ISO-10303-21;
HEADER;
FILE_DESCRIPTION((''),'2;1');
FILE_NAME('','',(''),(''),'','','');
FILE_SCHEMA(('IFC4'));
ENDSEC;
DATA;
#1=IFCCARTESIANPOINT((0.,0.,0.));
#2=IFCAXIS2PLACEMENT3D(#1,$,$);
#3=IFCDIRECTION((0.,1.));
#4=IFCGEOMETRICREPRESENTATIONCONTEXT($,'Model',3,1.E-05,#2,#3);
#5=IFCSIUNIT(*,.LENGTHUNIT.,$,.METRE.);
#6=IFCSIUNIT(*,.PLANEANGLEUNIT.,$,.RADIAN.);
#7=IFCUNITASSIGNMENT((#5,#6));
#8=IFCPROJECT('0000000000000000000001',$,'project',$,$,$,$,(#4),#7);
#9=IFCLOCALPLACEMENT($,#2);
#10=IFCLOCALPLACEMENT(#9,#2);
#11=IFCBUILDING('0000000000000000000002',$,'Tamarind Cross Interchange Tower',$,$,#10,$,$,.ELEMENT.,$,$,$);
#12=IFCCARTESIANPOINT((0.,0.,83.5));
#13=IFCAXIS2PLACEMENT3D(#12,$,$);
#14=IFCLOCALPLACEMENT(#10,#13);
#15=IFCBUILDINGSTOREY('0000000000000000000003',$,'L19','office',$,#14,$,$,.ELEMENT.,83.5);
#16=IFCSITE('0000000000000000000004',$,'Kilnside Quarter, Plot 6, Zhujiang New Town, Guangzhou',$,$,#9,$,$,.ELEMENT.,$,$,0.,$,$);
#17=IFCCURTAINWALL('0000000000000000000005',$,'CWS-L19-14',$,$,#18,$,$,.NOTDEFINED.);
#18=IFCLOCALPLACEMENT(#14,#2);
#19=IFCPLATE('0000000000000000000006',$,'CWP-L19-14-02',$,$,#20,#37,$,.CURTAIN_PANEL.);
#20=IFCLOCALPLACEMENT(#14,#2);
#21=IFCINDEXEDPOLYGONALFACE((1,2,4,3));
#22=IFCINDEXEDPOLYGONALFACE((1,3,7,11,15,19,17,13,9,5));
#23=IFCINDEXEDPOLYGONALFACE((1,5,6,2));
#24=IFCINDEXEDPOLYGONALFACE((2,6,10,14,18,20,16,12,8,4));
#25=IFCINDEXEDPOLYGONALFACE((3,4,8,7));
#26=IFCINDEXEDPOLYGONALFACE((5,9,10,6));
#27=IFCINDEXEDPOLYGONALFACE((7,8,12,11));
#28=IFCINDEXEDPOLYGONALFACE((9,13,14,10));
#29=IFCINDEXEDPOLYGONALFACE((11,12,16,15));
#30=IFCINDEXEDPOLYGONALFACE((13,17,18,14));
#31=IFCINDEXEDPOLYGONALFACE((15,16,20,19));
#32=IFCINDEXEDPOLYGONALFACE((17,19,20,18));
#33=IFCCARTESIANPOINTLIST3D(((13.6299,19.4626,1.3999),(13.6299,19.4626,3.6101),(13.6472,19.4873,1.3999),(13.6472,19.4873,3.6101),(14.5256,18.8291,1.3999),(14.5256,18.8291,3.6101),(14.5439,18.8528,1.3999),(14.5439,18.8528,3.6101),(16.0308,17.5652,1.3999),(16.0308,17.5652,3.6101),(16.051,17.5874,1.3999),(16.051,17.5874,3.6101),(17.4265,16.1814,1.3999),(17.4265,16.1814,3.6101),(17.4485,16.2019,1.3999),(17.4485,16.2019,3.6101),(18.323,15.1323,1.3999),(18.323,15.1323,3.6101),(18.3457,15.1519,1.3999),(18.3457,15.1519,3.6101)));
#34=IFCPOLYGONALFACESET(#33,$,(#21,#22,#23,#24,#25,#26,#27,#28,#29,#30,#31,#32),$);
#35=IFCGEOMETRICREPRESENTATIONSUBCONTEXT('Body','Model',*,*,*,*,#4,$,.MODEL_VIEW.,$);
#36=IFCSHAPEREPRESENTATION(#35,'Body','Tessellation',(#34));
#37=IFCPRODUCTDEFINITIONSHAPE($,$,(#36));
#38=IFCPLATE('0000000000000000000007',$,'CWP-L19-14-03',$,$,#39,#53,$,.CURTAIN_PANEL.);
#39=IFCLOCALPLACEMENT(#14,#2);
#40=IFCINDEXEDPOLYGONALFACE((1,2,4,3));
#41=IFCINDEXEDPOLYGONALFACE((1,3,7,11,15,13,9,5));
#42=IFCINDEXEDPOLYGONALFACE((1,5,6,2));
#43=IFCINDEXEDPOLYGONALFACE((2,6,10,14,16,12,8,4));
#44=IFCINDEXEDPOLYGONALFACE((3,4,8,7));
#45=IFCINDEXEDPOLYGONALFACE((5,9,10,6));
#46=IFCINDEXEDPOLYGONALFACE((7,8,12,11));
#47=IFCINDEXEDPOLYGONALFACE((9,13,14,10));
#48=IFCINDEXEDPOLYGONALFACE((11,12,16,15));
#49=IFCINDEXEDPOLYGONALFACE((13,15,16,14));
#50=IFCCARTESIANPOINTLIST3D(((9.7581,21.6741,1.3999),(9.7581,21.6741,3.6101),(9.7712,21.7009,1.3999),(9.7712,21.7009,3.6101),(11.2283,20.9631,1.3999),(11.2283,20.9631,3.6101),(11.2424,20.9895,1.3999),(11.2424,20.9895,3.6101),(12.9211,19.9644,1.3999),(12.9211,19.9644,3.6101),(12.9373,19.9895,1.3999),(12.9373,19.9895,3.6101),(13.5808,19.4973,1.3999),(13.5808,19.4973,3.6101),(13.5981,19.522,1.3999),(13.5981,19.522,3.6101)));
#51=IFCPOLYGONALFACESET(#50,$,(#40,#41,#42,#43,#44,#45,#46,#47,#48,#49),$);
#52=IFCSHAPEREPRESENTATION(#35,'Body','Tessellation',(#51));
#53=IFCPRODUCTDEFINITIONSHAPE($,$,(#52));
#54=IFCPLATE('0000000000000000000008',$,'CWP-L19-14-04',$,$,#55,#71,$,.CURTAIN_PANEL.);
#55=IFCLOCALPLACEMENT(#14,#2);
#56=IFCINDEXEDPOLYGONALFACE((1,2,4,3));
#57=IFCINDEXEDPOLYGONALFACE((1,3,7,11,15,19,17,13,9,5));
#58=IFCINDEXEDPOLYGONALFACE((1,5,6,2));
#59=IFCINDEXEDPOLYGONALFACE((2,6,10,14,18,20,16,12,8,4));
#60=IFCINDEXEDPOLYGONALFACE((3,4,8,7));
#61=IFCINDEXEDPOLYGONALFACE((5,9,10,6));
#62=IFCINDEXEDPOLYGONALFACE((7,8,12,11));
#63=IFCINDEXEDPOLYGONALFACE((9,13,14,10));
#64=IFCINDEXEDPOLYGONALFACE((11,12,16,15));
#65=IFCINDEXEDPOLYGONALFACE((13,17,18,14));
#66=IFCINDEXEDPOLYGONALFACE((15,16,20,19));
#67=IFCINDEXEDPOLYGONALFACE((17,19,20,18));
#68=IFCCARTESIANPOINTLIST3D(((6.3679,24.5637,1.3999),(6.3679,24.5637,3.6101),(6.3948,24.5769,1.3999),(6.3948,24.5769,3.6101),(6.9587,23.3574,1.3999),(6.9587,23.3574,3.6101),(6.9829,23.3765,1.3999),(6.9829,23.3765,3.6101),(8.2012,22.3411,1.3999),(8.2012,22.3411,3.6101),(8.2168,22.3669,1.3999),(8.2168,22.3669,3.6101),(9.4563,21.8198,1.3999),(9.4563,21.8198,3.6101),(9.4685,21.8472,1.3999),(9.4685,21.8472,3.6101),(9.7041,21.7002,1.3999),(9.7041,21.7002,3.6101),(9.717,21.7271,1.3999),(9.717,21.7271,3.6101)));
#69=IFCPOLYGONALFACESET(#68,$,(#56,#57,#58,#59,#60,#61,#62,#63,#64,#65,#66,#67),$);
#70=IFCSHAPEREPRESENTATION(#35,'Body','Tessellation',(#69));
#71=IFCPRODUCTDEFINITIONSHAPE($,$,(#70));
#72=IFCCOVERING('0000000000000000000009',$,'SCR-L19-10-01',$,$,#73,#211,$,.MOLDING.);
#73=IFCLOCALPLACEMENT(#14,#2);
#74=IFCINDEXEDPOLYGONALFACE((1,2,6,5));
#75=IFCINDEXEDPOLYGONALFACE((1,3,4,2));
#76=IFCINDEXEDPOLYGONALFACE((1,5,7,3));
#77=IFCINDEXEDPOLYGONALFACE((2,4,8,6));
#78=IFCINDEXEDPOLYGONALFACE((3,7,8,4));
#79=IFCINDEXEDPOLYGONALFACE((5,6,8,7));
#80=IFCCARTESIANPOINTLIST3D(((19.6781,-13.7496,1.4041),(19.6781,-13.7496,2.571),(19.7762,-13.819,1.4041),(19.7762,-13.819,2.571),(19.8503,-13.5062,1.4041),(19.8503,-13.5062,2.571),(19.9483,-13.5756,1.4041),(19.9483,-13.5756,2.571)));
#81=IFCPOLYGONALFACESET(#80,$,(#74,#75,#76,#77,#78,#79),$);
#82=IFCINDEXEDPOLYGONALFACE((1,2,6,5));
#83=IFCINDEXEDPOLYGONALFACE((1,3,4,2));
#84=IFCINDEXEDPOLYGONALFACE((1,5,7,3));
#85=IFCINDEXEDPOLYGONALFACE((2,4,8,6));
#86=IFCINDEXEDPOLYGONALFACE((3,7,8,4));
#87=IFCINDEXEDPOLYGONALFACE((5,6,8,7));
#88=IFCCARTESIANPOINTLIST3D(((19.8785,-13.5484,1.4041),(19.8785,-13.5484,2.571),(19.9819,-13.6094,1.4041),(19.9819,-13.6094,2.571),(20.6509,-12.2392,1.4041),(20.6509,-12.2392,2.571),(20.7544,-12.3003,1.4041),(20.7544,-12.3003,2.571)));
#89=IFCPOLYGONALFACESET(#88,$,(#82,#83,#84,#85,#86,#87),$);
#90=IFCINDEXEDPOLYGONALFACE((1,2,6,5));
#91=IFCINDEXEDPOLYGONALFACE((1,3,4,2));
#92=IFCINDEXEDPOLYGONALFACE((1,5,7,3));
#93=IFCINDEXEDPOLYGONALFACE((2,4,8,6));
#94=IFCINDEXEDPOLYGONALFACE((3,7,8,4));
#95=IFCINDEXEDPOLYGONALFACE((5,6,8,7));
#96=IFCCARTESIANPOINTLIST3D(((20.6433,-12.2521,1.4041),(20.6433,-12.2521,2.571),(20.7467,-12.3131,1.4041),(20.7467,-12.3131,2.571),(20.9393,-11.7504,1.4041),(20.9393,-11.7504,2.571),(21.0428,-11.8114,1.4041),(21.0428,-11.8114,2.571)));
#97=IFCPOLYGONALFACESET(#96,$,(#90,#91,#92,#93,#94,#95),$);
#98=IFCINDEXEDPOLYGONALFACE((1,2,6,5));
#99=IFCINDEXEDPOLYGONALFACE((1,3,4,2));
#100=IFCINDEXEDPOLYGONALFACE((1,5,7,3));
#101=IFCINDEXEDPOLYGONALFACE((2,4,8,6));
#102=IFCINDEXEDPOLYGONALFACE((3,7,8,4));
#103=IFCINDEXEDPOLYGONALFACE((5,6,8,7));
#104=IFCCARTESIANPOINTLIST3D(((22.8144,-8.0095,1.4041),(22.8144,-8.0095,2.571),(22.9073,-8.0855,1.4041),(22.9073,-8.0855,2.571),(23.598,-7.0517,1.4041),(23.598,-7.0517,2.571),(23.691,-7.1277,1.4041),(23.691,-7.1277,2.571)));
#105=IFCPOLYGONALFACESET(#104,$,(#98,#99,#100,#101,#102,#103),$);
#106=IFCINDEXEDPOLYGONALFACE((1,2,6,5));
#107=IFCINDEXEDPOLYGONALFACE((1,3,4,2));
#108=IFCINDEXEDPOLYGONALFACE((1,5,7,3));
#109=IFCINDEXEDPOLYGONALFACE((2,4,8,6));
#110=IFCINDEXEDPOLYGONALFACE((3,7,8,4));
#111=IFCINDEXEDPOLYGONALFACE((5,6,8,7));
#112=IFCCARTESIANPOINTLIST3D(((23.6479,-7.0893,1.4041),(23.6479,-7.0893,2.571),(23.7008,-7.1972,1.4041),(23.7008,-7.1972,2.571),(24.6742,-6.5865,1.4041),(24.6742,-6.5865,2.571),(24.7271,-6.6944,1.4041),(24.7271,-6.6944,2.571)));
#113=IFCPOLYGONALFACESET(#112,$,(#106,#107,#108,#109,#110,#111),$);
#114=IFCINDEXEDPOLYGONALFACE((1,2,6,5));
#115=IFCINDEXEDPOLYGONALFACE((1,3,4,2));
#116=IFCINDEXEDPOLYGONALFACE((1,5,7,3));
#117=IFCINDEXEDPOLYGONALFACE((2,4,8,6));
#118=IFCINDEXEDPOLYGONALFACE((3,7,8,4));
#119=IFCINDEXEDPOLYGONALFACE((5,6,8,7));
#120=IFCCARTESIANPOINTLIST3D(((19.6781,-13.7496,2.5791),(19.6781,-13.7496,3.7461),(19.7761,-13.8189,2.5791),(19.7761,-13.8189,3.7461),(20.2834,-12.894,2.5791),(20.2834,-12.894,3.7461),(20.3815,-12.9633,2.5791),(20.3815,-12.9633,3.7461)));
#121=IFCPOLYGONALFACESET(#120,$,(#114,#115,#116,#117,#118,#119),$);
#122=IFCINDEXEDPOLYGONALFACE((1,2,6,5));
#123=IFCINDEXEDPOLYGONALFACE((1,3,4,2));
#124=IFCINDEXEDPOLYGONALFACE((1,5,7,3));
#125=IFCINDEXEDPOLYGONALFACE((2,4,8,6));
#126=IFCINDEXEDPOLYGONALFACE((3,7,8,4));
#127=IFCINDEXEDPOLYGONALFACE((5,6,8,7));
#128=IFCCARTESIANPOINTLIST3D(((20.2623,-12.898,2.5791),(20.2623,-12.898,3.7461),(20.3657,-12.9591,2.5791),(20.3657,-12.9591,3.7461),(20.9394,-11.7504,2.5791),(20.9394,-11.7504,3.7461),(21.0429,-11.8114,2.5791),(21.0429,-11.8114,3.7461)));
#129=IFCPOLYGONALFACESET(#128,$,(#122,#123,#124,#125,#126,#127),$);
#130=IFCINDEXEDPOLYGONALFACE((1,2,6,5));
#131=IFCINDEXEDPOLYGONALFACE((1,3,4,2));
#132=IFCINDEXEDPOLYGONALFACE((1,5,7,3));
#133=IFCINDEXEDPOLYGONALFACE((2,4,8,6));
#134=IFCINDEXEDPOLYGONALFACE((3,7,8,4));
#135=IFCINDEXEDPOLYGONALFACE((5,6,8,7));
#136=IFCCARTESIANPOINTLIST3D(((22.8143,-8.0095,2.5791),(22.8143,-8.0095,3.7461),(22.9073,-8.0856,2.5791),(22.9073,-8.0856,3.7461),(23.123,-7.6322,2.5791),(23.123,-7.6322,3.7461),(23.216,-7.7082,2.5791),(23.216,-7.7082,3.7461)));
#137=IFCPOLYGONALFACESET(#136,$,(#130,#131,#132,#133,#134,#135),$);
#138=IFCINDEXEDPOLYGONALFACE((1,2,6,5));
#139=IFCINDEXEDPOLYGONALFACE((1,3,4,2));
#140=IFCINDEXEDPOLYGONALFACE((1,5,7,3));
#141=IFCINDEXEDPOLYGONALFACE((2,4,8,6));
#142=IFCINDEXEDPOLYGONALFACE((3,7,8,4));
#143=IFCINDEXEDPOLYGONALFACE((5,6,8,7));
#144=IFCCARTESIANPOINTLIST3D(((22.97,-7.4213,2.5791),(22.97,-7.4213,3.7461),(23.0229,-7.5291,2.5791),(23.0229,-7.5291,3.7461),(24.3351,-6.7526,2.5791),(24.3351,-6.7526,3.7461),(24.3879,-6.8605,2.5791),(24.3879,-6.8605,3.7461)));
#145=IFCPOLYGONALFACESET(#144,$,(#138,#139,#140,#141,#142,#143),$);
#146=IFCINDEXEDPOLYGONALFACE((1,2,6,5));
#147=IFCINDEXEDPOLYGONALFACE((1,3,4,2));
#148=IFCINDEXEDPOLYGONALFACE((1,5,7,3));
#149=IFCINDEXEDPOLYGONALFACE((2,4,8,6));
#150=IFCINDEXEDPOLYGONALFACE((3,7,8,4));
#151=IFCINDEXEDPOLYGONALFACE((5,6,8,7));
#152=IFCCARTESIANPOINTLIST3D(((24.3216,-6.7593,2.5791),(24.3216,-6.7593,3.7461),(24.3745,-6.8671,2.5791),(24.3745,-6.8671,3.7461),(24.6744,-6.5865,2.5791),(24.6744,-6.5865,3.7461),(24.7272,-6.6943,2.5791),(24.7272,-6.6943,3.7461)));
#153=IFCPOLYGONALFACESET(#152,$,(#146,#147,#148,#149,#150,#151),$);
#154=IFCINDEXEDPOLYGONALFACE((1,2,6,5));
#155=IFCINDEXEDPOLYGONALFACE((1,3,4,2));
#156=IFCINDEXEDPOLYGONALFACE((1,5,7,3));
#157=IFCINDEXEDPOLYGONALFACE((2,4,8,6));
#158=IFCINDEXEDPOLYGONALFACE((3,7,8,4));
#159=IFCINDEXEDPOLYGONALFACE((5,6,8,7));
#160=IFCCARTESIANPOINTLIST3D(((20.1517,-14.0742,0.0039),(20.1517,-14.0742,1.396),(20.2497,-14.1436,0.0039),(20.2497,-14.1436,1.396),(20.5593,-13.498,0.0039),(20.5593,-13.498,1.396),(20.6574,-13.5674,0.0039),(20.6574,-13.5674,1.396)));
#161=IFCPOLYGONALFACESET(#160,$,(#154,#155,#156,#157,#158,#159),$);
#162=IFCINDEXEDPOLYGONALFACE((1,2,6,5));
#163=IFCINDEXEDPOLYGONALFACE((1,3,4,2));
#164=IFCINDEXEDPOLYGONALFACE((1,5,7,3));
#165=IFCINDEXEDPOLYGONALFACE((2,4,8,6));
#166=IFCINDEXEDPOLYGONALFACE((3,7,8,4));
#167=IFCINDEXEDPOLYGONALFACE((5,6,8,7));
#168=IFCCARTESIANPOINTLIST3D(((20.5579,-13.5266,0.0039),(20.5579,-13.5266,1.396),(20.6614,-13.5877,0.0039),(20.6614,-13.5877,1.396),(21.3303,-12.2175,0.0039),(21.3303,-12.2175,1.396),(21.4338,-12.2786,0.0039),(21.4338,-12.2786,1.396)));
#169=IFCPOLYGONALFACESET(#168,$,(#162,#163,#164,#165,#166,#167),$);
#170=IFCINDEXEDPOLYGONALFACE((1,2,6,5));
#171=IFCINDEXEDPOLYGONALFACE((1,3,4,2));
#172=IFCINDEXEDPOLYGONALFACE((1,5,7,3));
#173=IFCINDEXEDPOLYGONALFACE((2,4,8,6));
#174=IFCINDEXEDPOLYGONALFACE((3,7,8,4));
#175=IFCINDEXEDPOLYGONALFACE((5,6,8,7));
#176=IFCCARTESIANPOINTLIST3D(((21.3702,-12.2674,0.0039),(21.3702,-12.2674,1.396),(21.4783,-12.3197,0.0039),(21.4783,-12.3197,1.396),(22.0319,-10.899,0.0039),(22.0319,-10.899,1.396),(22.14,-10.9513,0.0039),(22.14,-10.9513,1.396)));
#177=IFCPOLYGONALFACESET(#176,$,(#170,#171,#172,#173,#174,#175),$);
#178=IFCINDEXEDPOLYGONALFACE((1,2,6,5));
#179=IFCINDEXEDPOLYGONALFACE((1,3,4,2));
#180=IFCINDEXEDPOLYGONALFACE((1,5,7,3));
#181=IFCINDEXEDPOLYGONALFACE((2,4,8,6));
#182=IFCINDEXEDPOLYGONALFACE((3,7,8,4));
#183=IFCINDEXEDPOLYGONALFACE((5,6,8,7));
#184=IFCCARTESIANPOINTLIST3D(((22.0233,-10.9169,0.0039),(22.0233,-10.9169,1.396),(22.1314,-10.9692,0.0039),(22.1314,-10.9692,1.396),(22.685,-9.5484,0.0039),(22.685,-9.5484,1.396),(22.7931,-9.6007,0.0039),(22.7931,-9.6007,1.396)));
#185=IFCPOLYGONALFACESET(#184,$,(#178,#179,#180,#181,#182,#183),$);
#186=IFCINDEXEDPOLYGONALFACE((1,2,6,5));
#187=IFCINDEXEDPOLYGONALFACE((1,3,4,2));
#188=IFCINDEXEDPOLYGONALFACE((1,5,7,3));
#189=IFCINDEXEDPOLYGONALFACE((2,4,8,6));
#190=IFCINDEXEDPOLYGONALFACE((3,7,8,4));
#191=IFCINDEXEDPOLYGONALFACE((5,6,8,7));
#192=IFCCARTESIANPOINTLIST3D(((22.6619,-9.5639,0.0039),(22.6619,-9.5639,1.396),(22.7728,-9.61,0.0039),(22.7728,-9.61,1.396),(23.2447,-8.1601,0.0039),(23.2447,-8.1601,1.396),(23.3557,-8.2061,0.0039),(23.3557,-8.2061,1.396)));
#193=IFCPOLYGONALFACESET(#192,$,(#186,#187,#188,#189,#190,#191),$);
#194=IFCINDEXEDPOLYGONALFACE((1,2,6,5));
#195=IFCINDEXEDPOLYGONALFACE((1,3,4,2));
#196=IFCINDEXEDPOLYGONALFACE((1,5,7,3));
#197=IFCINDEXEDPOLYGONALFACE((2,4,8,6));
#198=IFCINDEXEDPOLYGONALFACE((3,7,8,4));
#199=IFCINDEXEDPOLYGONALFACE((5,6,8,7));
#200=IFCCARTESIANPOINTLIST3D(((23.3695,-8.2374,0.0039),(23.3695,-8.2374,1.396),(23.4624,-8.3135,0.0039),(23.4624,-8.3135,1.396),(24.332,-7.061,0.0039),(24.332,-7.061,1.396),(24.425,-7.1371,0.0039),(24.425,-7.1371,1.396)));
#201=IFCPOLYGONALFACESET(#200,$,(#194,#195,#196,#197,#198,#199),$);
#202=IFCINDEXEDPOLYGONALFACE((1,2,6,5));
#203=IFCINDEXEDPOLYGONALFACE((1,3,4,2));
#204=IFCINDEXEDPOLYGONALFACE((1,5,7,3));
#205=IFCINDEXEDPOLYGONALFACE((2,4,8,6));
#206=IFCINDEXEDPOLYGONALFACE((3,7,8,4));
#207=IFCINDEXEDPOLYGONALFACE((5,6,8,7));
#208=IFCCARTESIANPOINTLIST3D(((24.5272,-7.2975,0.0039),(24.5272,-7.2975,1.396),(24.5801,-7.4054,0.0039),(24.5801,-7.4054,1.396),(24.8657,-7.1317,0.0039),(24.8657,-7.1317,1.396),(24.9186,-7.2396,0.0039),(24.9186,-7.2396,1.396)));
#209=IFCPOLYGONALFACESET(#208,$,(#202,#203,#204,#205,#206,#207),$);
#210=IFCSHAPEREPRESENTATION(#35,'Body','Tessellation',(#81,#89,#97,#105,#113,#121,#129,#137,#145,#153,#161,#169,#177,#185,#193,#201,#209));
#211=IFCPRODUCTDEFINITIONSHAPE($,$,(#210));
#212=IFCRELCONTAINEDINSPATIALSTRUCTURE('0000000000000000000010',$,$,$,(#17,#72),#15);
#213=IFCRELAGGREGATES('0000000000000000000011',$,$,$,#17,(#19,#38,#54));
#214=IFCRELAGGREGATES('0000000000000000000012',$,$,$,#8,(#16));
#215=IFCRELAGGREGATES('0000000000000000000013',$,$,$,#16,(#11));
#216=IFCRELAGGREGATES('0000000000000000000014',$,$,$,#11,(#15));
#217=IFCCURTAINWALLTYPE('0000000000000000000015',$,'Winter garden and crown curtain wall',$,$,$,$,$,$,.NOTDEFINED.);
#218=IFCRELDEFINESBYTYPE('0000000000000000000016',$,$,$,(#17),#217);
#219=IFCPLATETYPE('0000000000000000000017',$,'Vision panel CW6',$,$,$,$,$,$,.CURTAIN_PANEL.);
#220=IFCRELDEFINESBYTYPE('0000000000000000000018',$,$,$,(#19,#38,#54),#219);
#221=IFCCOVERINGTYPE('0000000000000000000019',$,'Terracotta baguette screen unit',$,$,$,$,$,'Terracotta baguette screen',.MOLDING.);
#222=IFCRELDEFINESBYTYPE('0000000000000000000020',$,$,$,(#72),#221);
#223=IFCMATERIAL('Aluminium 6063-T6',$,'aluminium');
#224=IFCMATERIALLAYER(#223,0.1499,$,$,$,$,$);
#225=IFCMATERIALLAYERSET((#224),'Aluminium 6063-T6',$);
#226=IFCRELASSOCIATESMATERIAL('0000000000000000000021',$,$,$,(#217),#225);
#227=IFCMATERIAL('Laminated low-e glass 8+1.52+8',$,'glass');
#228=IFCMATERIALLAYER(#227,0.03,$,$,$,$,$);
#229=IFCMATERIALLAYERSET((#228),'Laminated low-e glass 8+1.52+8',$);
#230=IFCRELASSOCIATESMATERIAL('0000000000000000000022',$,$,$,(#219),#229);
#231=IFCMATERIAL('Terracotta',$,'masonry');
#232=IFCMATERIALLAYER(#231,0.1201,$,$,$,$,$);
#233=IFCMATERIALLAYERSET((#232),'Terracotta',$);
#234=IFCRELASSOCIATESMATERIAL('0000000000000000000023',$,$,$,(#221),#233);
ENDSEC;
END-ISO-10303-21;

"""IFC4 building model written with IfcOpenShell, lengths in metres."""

from ifc_helpers import new_model, si_unit, direction, frame, origin, origin_2d, place, context, subcontext, project, spatial, polyline, rectangle, outline, extrude, material, layer, layer_set, type_object, element, aggregate, save


model = new_model("IFC4")

# Units and contexts
model_context = context("Model", 3, precision=1e-05, world=origin(), true_north=direction((0.0, 1.0)))
body_context = subcontext(model_context, "Body", "Model", "MODEL_VIEW")
ifc_project = project(units=[si_unit("LENGTHUNIT", "METRE"), si_unit("PLANEANGLEUNIT", "RADIAN")], contexts=[model_context])

# Site, building, storey
site_placement = place(None, origin())
site = spatial("IfcSite", under=ifc_project, at=site_placement, Name="Kilnside Quarter, Plot 6, Zhujiang New Town, Guangzhou", CompositionType="ELEMENT", RefElevation=0.0)
building_placement = place(site_placement, origin())
building = spatial("IfcBuilding", under=site, at=building_placement, Name="Tamarind Cross Interchange Tower", CompositionType="ELEMENT")
storey_placement = place(building_placement, frame((0.0, 0.0, 83.5)))
storey = spatial("IfcBuildingStorey", under=building, at=storey_placement, Name="L19", Description="office", CompositionType="ELEMENT", Elevation=83.5)

# Curtain wall
ifc_material_1 = material(Name="Aluminium 6063-T6", Category="aluminium")
ifc_layer_1 = layer(ifc_material_1, 0.1499)
ifc_layer_set_1 = layer_set([ifc_layer_1], Name="Aluminium 6063-T6")
curtain_wall_type_1 = type_object("IfcCurtainWallType", Name="Winter garden and crown curtain wall", PredefinedType="NOTDEFINED", material=ifc_layer_set_1)
curtain_wall_1_placement = place(storey_placement, origin())
curtain_wall_1 = element("IfcCurtainWall", 1, at=curtain_wall_1_placement, inside=storey, type_object=curtain_wall_type_1, Name="CWS-L19-14", PredefinedType="NOTDEFINED")

# Plates
ifc_material_2 = material(Name="Laminated low-e glass 8+1.52+8", Category="glass")
ifc_layer_2 = layer(ifc_material_2, 0.03)
ifc_layer_set_2 = layer_set([ifc_layer_2], Name="Laminated low-e glass 8+1.52+8")
plate_type_1 = type_object("IfcPlateType", Name="Vision panel CW6", PredefinedType="CURTAIN_PANEL", material=ifc_layer_set_2)
plate_1_placement = place(storey_placement, frame((0.0, 0.0, 1.3999)))
plate_1 = element("IfcPlate", 2, at=plate_1_placement, type_object=plate_type_1, Name="CWP-L19-14-02", PredefinedType="CURTAIN_PANEL", context=body_context, shape_type="SweptSolid", body=[
    extrude(outline(polyline([(18.323, 15.1323), (17.4265, 16.1814), (16.0308, 17.5652), (14.5256, 18.8291), (13.6299, 19.4626), (13.6472, 19.4873), (14.5439, 18.8528), (16.051, 17.5874), (17.4485, 16.2019), (18.3457, 15.1519), (18.323, 15.1323)])), origin(), (0.0, 0.0, 1.0), 2.2102),
])
plate_2_placement = place(storey_placement, frame((0.0, 0.0, 1.3999)))
plate_2 = element("IfcPlate", 3, at=plate_2_placement, type_object=plate_type_1, Name="CWP-L19-14-03", PredefinedType="CURTAIN_PANEL", context=body_context, shape_type="SweptSolid", body=[
    extrude(outline(polyline([(13.5808, 19.4973), (12.9211, 19.9644), (11.2283, 20.9631), (9.7581, 21.6741), (9.7712, 21.7009), (11.2424, 20.9895), (12.9373, 19.9895), (13.5981, 19.522), (13.5808, 19.4973)])), origin(), (0.0, 0.0, 1.0), 2.2102),
])
plate_3_placement = place(storey_placement, frame((0.0, 0.0, 1.3999)))
plate_3 = element("IfcPlate", 4, at=plate_3_placement, type_object=plate_type_1, Name="CWP-L19-14-04", PredefinedType="CURTAIN_PANEL", context=body_context, shape_type="SweptSolid", body=[
    extrude(outline(polyline([(9.7041, 21.7002), (9.4563, 21.8198), (8.2012, 22.3411), (6.9587, 23.3574), (6.3679, 24.5637), (6.3948, 24.5769), (6.9829, 23.3765), (8.2168, 22.3669), (9.4685, 21.8472), (9.717, 21.7271), (9.7041, 21.7002)])), origin(), (0.0, 0.0, 1.0), 2.2102),
])
aggregate(curtain_wall_1, [plate_1, plate_2, plate_3])

# Covering
ifc_material_3 = material(Name="Terracotta", Category="masonry")
ifc_layer_3 = layer(ifc_material_3, 0.1201)
ifc_layer_set_3 = layer_set([ifc_layer_3], Name="Terracotta")
covering_type = type_object("IfcCoveringType", Name="Terracotta baguette screen unit", ElementType="Terracotta baguette screen", PredefinedType="MOLDING", material=ifc_layer_set_3)
covering_1_placement = place(storey_placement, origin())
element("IfcCovering", 5, at=covering_1_placement, inside=storey, type_object=covering_type, Name="SCR-L19-10-01", PredefinedType="MOLDING", context=body_context, shape_type="SweptSolid", body=[
    extrude(rectangle(XDim=0.2981, YDim=0.1201, at=origin_2d()), frame((19.8132, -13.6626, 1.4041), z_axis=(0.0, 0.0, 1.0), x_axis=(0.577569, 0.816342, 0.0)), (0.0, 0.0, 1.0), 1.167),
    extrude(rectangle(XDim=1.52, YDim=0.1201, at=origin_2d()), frame((20.3164, -12.9243, 1.4041), z_axis=(0.0, 0.0, 1.0), x_axis=(0.508183, 0.861249, 0.0)), (0.0, 0.0, 1.0), 1.167),
    extrude(rectangle(XDim=0.5825, YDim=0.1201, at=origin_2d()), frame((20.843, -12.0317, 1.4041), z_axis=(0.0, 0.0, 1.0), x_axis=(0.508183, 0.861249, 0.0)), (0.0, 0.0, 1.0), 1.167),
    extrude(rectangle(XDim=1.2375, YDim=0.1201, at=origin_2d()), frame((23.2527, -7.5686, 1.4041), z_axis=(0.0, 0.0, 1.0), x_axis=(0.633231, 0.773963, 0.0)), (0.0, 0.0, 1.0), 1.167),
    extrude(rectangle(XDim=1.1428, YDim=0.1201, at=origin_2d()), frame((24.1875, -6.8918, 1.4041), z_axis=(0.0, 0.0, 1.0), x_axis=(0.898037, 0.439921, 0.0)), (0.0, 0.0, 1.0), 1.167),
    extrude(rectangle(XDim=1.0481, YDim=0.1201, at=origin_2d()), frame((20.0298, -13.3564, 2.5791), z_axis=(0.0, 0.0, 1.0), x_axis=(0.577569, 0.816342, 0.0)), (0.0, 0.0, 1.0), 1.167),
    extrude(rectangle(XDim=1.3325, YDim=0.1201, at=origin_2d()), frame((20.6526, -12.3547, 2.5791), z_axis=(0.0, 0.0, 1.0), x_axis=(0.508183, 0.861249, 0.0)), (0.0, 0.0, 1.0), 1.167),
    extrude(rectangle(XDim=0.4875, YDim=0.1201, at=origin_2d()), frame((23.0151, -7.8589, 2.5791), z_axis=(0.0, 0.0, 1.0), x_axis=(0.633231, 0.773963, 0.0)), (0.0, 0.0, 1.0), 1.167),
    extrude(rectangle(XDim=1.52, YDim=0.1201, at=origin_2d()), frame((23.679, -7.1409, 2.5791), z_axis=(0.0, 0.0, 1.0), x_axis=(0.898037, 0.439921, 0.0)), (0.0, 0.0, 1.0), 1.167),
    extrude(rectangle(XDim=0.3928, YDim=0.1201, at=origin_2d()), frame((24.5244, -6.7268, 2.5791), z_axis=(0.0, 0.0, 1.0), x_axis=(0.898037, 0.439921, 0.0)), (0.0, 0.0, 1.0), 1.167),
    extrude(rectangle(XDim=0.7058, YDim=0.1201, at=origin_2d()), frame((20.4045, -13.8208, 0.0039), z_axis=(0.0, 0.0, 1.0), x_axis=(0.577569, 0.816342, 0.0)), (0.0, 0.0, 1.0), 1.3921),
    extrude(rectangle(XDim=1.52, YDim=0.1201, at=origin_2d()), frame((20.9958, -12.9026, 0.0039), z_axis=(0.0, 0.0, 1.0), x_axis=(0.508183, 0.861249, 0.0)), (0.0, 0.0, 1.0), 1.3921),
    extrude(rectangle(XDim=1.52, YDim=0.1201, at=origin_2d()), frame((21.7551, -11.6094, 0.0039), z_axis=(0.0, 0.0, 1.0), x_axis=(0.435326, 0.900273, 0.0)), (0.0, 0.0, 1.0), 1.3921),
    extrude(rectangle(XDim=1.52, YDim=0.1201, at=origin_2d()), frame((22.4082, -10.2588, 0.0039), z_axis=(0.0, 0.0, 1.0), x_axis=(0.435326, 0.900273, 0.0)), (0.0, 0.0, 1.0), 1.3921),
    extrude(rectangle(XDim=1.52, YDim=0.1201, at=origin_2d()), frame((23.0088, -8.885, 0.0039), z_axis=(0.0, 0.0, 1.0), x_axis=(0.383445, 0.923564, 0.0)), (0.0, 0.0, 1.0), 1.3921),
    extrude(rectangle(XDim=1.52, YDim=0.1201, at=origin_2d()), frame((23.8972, -7.6873, 0.0039), z_axis=(0.0, 0.0, 1.0), x_axis=(0.633231, 0.773963, 0.0)), (0.0, 0.0, 1.0), 1.3921),
    extrude(rectangle(XDim=0.377, YDim=0.1201, at=origin_2d()), frame((24.7229, -7.2686, 0.0039), z_axis=(0.0, 0.0, 1.0), x_axis=(0.898037, 0.439921, 0.0)), (0.0, 0.0, 1.0), 1.3921),
])

save(model, "model.ifc")
